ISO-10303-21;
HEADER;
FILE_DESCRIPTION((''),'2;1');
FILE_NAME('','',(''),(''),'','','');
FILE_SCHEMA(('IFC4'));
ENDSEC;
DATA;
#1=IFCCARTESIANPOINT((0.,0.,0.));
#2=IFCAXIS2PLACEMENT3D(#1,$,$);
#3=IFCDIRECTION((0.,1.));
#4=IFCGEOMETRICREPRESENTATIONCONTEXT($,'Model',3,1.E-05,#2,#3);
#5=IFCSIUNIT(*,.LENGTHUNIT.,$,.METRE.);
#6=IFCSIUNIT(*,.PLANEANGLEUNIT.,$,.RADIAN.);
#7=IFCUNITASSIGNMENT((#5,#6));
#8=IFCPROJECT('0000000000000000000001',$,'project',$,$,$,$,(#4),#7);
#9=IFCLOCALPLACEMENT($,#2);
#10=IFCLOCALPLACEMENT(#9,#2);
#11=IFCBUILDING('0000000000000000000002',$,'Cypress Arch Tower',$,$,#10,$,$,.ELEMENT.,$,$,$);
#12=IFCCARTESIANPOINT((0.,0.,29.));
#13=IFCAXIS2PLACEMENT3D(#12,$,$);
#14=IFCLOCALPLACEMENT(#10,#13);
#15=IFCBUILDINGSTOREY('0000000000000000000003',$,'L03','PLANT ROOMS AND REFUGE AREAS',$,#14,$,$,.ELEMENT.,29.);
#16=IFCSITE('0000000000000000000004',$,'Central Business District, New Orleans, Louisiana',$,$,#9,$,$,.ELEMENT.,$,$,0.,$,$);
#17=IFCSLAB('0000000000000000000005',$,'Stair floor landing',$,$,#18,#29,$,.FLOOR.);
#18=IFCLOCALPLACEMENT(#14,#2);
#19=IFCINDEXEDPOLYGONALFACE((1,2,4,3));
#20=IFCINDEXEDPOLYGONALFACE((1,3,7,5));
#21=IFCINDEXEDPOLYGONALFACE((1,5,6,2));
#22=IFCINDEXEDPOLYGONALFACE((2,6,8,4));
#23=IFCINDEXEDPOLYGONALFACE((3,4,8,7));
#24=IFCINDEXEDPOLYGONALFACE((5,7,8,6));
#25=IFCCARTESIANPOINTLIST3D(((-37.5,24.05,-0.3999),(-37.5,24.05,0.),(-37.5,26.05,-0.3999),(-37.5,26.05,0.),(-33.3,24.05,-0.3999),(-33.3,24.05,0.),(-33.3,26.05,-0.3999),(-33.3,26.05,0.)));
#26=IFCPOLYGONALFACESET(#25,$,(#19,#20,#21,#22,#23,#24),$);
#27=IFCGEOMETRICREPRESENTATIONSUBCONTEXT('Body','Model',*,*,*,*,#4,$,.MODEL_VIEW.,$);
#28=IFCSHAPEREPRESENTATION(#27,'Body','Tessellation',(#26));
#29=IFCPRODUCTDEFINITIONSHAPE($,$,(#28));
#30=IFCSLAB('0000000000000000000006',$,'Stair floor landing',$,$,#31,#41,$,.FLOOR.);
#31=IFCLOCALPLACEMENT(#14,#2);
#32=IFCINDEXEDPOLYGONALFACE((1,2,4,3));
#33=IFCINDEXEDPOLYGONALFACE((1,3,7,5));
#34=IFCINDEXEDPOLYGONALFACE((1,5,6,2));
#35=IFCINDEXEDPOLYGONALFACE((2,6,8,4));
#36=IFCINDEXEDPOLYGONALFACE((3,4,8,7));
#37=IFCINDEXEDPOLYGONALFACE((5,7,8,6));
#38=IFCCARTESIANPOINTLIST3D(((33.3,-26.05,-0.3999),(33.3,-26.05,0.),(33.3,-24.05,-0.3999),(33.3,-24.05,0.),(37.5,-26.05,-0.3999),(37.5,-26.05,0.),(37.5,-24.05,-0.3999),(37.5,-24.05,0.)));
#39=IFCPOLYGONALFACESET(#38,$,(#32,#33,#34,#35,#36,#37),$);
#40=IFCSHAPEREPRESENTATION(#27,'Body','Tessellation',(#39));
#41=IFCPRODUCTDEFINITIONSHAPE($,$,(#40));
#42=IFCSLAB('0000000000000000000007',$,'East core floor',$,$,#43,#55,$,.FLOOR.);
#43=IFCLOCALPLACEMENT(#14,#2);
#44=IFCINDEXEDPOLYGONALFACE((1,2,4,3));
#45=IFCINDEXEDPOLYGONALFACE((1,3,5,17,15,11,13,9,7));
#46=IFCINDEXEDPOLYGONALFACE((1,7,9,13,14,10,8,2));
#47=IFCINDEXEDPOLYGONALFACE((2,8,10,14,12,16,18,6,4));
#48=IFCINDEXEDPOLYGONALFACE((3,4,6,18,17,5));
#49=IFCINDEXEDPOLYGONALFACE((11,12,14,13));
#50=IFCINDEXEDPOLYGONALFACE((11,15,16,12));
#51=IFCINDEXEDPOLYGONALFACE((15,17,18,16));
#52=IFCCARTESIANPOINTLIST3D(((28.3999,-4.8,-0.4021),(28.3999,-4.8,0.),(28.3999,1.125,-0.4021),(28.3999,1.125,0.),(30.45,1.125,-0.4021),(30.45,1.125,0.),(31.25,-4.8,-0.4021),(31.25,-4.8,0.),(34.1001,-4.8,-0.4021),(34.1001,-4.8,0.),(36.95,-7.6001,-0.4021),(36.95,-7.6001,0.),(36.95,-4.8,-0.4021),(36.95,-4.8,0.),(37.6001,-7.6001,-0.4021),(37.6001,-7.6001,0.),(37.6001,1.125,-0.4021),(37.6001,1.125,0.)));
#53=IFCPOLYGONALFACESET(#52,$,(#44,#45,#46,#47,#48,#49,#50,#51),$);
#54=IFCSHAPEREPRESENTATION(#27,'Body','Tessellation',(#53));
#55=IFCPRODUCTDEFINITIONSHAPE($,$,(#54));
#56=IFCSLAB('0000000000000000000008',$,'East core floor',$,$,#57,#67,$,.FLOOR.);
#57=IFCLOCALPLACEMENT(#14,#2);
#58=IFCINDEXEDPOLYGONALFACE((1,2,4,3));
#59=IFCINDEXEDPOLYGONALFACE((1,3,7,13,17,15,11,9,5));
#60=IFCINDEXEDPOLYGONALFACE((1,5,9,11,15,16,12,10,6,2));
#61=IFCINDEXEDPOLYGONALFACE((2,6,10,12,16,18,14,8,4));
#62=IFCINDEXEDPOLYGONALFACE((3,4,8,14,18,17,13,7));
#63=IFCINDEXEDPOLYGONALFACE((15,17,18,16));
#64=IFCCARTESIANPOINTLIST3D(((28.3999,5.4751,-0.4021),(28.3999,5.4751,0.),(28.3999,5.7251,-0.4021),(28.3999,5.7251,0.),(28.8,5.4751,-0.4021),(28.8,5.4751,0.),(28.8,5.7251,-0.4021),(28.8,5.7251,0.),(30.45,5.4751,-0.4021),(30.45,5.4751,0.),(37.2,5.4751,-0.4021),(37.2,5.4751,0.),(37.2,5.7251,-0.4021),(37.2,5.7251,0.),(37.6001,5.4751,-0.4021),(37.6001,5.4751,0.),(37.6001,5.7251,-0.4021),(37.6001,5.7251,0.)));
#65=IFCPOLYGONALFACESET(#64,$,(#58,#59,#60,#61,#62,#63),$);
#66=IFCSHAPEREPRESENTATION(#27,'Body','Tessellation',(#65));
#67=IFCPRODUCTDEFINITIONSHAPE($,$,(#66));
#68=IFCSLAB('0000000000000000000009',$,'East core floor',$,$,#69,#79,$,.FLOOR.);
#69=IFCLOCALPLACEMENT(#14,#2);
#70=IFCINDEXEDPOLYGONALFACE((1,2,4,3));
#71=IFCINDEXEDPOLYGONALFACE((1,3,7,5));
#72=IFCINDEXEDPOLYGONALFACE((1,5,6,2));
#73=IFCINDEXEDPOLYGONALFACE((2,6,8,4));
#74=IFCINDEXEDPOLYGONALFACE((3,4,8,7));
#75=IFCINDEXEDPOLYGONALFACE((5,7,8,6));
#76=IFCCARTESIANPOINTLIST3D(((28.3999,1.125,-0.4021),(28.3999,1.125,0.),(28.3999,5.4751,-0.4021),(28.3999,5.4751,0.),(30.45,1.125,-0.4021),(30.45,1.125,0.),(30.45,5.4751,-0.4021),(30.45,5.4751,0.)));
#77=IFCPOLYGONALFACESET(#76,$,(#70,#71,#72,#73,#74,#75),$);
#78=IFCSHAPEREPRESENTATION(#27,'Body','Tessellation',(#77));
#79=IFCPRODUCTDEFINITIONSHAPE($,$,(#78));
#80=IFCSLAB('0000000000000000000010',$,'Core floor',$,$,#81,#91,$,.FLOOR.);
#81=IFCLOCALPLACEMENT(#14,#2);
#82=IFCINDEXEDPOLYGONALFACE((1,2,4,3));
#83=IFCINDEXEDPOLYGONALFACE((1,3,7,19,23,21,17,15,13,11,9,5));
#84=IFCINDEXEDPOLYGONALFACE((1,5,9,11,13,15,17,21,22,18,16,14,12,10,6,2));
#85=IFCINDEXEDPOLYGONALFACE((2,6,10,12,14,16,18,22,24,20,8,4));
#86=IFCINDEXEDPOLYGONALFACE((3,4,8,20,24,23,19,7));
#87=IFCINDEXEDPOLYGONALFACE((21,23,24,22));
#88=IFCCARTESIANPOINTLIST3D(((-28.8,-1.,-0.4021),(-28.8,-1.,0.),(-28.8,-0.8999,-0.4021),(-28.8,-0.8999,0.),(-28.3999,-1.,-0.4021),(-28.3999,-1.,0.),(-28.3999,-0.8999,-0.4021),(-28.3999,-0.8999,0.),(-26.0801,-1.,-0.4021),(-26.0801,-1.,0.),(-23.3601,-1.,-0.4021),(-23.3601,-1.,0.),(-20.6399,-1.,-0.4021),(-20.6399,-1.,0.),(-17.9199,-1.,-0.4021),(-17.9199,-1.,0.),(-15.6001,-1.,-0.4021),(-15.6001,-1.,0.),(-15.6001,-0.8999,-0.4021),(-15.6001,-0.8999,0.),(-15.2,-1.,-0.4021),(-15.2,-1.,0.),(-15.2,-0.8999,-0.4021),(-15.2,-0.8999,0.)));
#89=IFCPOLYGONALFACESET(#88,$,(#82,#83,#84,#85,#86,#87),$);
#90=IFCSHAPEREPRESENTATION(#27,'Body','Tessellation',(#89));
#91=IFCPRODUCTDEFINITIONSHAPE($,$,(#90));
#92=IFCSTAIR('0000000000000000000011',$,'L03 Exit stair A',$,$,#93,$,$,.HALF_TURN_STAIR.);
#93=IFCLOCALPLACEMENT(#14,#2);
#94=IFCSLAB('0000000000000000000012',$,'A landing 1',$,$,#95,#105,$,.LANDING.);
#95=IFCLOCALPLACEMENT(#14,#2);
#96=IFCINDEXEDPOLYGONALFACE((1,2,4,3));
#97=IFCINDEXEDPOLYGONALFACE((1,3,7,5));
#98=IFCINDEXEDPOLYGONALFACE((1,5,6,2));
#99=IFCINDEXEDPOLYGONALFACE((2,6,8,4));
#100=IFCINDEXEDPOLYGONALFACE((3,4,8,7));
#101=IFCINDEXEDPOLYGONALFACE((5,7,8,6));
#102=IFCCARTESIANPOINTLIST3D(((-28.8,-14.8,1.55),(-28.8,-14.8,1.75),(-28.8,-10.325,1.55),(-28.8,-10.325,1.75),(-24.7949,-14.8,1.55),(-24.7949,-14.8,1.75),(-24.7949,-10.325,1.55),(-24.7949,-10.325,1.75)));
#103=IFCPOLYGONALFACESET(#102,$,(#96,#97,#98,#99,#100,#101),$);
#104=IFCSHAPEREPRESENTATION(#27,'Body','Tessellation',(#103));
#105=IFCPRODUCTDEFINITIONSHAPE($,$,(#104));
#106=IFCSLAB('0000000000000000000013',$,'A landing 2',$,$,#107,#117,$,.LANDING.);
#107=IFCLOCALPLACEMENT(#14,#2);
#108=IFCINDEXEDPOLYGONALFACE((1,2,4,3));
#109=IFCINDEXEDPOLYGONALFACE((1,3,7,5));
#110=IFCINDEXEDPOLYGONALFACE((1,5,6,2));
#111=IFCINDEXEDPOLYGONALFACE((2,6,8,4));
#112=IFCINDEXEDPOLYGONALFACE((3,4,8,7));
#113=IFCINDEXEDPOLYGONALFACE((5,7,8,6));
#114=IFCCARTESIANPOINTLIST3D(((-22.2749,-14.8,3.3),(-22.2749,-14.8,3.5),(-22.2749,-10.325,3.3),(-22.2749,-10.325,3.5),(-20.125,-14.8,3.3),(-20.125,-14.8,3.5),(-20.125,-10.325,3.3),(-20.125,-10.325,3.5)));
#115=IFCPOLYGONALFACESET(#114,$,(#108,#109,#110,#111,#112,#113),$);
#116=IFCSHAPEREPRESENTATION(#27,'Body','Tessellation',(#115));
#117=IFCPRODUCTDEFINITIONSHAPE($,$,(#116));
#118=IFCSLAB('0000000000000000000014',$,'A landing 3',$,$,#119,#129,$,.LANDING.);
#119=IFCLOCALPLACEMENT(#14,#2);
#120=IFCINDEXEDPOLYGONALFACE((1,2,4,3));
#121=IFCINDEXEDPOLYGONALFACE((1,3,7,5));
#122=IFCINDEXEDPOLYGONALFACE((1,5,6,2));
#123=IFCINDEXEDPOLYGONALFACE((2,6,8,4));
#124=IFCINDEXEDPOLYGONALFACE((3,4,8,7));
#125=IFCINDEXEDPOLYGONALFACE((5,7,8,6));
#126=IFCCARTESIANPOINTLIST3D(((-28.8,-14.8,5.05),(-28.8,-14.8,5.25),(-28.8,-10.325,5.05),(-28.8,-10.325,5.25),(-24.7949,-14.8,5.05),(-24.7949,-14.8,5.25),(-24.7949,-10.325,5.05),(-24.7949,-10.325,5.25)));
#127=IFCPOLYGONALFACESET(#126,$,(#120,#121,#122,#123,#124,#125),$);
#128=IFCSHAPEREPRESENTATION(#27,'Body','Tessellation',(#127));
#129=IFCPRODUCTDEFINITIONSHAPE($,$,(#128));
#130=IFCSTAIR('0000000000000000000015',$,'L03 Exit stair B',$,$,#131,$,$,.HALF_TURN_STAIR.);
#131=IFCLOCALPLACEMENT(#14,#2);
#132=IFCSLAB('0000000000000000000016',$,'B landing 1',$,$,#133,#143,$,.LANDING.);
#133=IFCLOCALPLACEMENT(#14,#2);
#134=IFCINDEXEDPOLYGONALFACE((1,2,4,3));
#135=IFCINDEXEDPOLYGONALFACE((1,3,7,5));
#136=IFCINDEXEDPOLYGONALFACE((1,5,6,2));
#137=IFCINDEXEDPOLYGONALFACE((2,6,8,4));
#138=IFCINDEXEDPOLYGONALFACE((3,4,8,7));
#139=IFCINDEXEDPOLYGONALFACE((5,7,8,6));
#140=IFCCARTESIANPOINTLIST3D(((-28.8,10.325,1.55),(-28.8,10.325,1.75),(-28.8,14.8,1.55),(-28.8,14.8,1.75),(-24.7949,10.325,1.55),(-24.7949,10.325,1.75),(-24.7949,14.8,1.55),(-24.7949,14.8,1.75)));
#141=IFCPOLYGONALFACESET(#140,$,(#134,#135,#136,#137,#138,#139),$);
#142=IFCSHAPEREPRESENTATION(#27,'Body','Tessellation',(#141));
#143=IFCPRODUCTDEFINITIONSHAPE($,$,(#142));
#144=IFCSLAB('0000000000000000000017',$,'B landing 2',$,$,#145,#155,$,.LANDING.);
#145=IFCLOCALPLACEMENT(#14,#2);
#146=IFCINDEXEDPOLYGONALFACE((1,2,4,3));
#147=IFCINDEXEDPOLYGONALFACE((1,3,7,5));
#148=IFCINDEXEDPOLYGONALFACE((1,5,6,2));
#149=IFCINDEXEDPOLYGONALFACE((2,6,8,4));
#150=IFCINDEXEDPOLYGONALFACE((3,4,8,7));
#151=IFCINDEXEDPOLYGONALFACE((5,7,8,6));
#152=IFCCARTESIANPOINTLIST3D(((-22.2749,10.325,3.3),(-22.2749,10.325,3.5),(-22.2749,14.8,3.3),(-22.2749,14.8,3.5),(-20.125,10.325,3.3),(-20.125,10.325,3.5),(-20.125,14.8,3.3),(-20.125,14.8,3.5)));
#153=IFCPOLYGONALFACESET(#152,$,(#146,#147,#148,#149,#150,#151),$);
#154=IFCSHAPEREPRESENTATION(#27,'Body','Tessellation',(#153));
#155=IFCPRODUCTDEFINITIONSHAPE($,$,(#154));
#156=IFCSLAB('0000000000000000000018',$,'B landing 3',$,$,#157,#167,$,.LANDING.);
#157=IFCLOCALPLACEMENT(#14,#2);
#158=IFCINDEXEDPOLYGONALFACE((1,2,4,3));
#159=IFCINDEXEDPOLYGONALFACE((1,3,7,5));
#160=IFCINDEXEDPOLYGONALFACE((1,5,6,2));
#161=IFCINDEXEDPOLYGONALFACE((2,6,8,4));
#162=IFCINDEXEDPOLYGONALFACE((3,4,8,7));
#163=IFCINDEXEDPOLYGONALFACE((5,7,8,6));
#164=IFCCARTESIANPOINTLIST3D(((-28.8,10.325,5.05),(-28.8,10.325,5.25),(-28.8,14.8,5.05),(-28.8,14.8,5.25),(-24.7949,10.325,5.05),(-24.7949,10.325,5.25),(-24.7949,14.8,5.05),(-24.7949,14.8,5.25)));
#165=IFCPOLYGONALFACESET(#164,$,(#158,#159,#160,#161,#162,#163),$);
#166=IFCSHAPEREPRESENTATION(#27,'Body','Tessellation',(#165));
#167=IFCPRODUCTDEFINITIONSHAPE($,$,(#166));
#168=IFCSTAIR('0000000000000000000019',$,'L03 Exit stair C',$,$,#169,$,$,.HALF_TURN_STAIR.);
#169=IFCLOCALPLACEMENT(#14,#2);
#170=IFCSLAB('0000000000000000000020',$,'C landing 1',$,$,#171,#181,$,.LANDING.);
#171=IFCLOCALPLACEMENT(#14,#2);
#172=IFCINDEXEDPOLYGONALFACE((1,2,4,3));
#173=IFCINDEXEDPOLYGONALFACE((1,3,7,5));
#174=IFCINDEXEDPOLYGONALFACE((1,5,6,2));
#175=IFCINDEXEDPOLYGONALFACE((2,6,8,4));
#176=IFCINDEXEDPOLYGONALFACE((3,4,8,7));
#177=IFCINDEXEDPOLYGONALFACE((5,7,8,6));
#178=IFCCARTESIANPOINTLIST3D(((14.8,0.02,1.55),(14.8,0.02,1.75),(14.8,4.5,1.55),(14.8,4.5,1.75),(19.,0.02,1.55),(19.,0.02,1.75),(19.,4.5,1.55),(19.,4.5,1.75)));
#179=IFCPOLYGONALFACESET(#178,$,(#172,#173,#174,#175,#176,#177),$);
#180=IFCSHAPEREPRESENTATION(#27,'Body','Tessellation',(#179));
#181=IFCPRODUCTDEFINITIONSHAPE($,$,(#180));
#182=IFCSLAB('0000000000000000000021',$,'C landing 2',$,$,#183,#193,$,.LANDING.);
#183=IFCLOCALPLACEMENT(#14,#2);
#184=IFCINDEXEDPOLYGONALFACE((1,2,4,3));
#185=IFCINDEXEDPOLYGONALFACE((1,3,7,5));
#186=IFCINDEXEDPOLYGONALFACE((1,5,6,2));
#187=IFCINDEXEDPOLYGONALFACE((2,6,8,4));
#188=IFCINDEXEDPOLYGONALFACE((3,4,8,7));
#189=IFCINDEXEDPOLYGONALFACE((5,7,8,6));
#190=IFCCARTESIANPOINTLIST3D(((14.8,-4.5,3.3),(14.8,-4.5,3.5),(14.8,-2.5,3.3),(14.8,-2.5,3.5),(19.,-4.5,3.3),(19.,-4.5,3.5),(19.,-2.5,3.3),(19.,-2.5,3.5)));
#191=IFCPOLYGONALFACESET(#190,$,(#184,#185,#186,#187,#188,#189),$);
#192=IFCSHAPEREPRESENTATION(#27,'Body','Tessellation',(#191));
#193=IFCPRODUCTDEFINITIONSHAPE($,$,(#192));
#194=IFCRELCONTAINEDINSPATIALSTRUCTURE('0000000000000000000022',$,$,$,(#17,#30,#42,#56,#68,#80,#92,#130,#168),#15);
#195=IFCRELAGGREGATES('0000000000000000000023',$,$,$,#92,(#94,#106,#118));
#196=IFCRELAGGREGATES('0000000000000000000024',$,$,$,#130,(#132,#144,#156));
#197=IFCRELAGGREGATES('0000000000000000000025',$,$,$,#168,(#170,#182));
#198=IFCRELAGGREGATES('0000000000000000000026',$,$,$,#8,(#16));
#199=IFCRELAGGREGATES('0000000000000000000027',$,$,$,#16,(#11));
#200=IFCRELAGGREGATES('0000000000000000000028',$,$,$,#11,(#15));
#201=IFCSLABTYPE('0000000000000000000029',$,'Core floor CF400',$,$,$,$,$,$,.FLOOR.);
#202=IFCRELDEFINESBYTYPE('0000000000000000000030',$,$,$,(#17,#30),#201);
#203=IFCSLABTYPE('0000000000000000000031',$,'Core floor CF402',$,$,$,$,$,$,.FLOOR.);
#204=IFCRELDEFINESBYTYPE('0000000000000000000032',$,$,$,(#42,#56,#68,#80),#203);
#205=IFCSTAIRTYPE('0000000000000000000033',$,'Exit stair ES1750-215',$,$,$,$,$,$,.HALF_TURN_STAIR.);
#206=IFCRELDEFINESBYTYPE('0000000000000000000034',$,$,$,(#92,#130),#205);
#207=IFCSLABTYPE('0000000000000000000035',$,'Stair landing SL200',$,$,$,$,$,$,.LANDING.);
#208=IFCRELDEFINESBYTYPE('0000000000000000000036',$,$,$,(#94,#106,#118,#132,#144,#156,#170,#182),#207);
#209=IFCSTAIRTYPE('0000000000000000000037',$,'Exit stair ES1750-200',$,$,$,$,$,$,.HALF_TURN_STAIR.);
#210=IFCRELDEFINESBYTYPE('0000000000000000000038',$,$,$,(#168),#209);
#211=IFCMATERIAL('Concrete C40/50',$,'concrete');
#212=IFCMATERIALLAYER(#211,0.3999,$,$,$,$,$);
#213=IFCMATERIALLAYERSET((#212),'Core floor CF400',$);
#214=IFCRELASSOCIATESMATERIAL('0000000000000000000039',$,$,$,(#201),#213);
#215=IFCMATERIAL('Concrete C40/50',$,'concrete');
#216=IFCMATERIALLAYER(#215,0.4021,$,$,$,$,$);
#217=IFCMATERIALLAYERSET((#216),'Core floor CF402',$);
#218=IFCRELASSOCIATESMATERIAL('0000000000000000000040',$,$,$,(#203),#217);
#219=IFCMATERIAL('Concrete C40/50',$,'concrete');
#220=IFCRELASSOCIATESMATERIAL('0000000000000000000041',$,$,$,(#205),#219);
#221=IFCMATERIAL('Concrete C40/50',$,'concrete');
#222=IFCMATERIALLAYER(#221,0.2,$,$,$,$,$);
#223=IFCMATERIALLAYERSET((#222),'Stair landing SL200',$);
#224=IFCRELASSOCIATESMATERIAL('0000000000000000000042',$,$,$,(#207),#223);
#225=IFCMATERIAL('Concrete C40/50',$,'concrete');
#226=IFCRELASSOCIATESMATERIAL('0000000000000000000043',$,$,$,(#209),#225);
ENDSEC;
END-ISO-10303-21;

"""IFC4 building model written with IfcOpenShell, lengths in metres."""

from ifc_helpers import new_model, si_unit, direction, frame, origin, place, context, subcontext, project, spatial, polyline, outline, extrude, material, layer, layer_set, type_object, element, aggregate, save


model = new_model("IFC4")

# Units and contexts
model_context = context("Model", 3, precision=1e-05, world=origin(), true_north=direction((0.0, 1.0)))
body_context = subcontext(model_context, "Body", "Model", "MODEL_VIEW")
ifc_project = project(units=[si_unit("LENGTHUNIT", "METRE"), si_unit("PLANEANGLEUNIT", "RADIAN")], contexts=[model_context])

# Site, building, storey
site_placement = place(None, origin())
site = spatial("IfcSite", under=ifc_project, at=site_placement, Name="Central Business District, New Orleans, Louisiana", CompositionType="ELEMENT", RefElevation=0.0)
building_placement = place(site_placement, origin())
building = spatial("IfcBuilding", under=site, at=building_placement, Name="Cypress Arch Tower", CompositionType="ELEMENT")
storey_placement = place(building_placement, frame((0.0, 0.0, 29.0)))
storey = spatial("IfcBuildingStorey", under=building, at=storey_placement, Name="L03", Description="PLANT ROOMS AND REFUGE AREAS", CompositionType="ELEMENT", Elevation=29.0)

# Slabs
ifc_material_1 = material(Name="Concrete C40/50", Category="concrete")
ifc_layer_1 = layer(ifc_material_1, 0.3999)
ifc_layer_set_1 = layer_set([ifc_layer_1], Name="Core floor CF400")
slab_type_1 = type_object("IfcSlabType", Name="Core floor CF400", PredefinedType="FLOOR", material=ifc_layer_set_1)
slab_1_placement = place(storey_placement, frame((0.0, 0.0, -0.3999)))
element("IfcSlab", 1, at=slab_1_placement, inside=storey, type_object=slab_type_1, Name="Stair floor landing", PredefinedType="FLOOR", context=body_context, shape_type="SweptSolid", body=[
    extrude(outline(polyline([(-37.5, 26.05), (-37.5, 24.05), (-33.3, 24.05), (-33.3, 26.05), (-37.5, 26.05)])), origin(), (0.0, 0.0, 1.0), 0.3999),
])
slab_2_placement = place(storey_placement, frame((0.0, 0.0, -0.3999)))
element("IfcSlab", 2, at=slab_2_placement, inside=storey, type_object=slab_type_1, Name="Stair floor landing", PredefinedType="FLOOR", context=body_context, shape_type="SweptSolid", body=[
    extrude(outline(polyline([(37.5, -26.05), (37.5, -24.05), (33.3, -24.05), (33.3, -26.05), (37.5, -26.05)])), origin(), (0.0, 0.0, 1.0), 0.3999),
])
ifc_material_2 = material(Name="Concrete C40/50", Category="concrete")
ifc_layer_2 = layer(ifc_material_2, 0.4021)
ifc_layer_set_2 = layer_set([ifc_layer_2], Name="Core floor CF402")
slab_type_2 = type_object("IfcSlabType", Name="Core floor CF402", PredefinedType="FLOOR", material=ifc_layer_set_2)
slab_3_placement = place(storey_placement, frame((0.0, 0.0, -0.4021)))
element("IfcSlab", 3, at=slab_3_placement, inside=storey, type_object=slab_type_2, Name="East core floor", PredefinedType="FLOOR", context=body_context, shape_type="SweptSolid", body=[
    extrude(outline(polyline([(37.6001, -7.6001), (37.6001, 1.125), (30.45, 1.125), (28.3999, 1.125), (28.3999, -4.8), (31.25, -4.8), (34.1001, -4.8), (36.95, -4.8), (36.95, -7.6001), (37.6001, -7.6001)])), origin(), (0.0, 0.0, 1.0), 0.4021),
])
slab_4_placement = place(storey_placement, frame((0.0, 0.0, -0.4021)))
element("IfcSlab", 4, at=slab_4_placement, inside=storey, type_object=slab_type_2, Name="East core floor", PredefinedType="FLOOR", context=body_context, shape_type="SweptSolid", body=[
    extrude(outline(polyline([(30.45, 5.4751), (28.8, 5.4751), (28.3999, 5.4751), (28.3999, 5.7251), (28.8, 5.7251), (37.2, 5.7251), (37.6001, 5.7251), (37.6001, 5.4751), (37.2, 5.4751), (30.45, 5.4751)])), origin(), (0.0, 0.0, 1.0), 0.4021),
])
slab_5_placement = place(storey_placement, frame((0.0, 0.0, -0.4021)))
element("IfcSlab", 5, at=slab_5_placement, inside=storey, type_object=slab_type_2, Name="East core floor", PredefinedType="FLOOR", context=body_context, shape_type="SweptSolid", body=[
    extrude(outline(polyline([(30.45, 5.4751), (28.3999, 5.4751), (28.3999, 1.125), (30.45, 1.125), (30.45, 5.4751)])), origin(), (0.0, 0.0, 1.0), 0.4021),
])
slab_6_placement = place(storey_placement, frame((0.0, 0.0, -0.4021)))
element("IfcSlab", 6, at=slab_6_placement, inside=storey, type_object=slab_type_2, Name="Core floor", PredefinedType="FLOOR", context=body_context, shape_type="SweptSolid", body=[
    extrude(outline(polyline([(-20.6399, -1.0), (-23.3601, -1.0), (-26.0801, -1.0), (-28.3999, -1.0), (-28.8, -1.0), (-28.8, -0.8999), (-28.3999, -0.8999), (-15.6001, -0.8999), (-15.2, -0.8999), (-15.2, -1.0), (-15.6001, -1.0), (-17.9199, -1.0), (-20.6399, -1.0)])), origin(), (0.0, 0.0, 1.0), 0.4021),
])

# Stairs, slabs
ifc_material_3 = material(Name="Concrete C40/50", Category="concrete")
stair_type_1 = type_object("IfcStairType", Name="Exit stair ES1750-215", PredefinedType="HALF_TURN_STAIR", material=ifc_material_3)
stair_1_placement = place(storey_placement, origin())
stair_1 = element("IfcStair", 7, at=stair_1_placement, inside=storey, type_object=stair_type_1, Name="L03 Exit stair A", PredefinedType="HALF_TURN_STAIR")
ifc_material_4 = material(Name="Concrete C40/50", Category="concrete")
ifc_layer_3 = layer(ifc_material_4, 0.2)
ifc_layer_set_3 = layer_set([ifc_layer_3], Name="Stair landing SL200")
slab_type_3 = type_object("IfcSlabType", Name="Stair landing SL200", PredefinedType="LANDING", material=ifc_layer_set_3)
slab_7_placement = place(storey_placement, frame((0.0, 0.0, 1.55)))
slab_7 = element("IfcSlab", 8, at=slab_7_placement, type_object=slab_type_3, Name="A landing 1", PredefinedType="LANDING", context=body_context, shape_type="SweptSolid", body=[
    extrude(outline(polyline([(-24.7949, -10.325), (-28.8, -10.325), (-28.8, -14.8), (-24.7949, -14.8), (-24.7949, -10.325)])), origin(), (0.0, 0.0, 1.0), 0.2),
])
slab_8_placement = place(storey_placement, frame((0.0, 0.0, 3.3)))
slab_8 = element("IfcSlab", 9, at=slab_8_placement, type_object=slab_type_3, Name="A landing 2", PredefinedType="LANDING", context=body_context, shape_type="SweptSolid", body=[
    extrude(outline(polyline([(-20.125, -10.325), (-22.2749, -10.325), (-22.2749, -14.8), (-20.125, -14.8), (-20.125, -10.325)])), origin(), (0.0, 0.0, 1.0), 0.2),
])
slab_9_placement = place(storey_placement, frame((0.0, 0.0, 5.05)))
slab_9 = element("IfcSlab", 10, at=slab_9_placement, type_object=slab_type_3, Name="A landing 3", PredefinedType="LANDING", context=body_context, shape_type="SweptSolid", body=[
    extrude(outline(polyline([(-24.7949, -10.325), (-28.8, -10.325), (-28.8, -14.8), (-24.7949, -14.8), (-24.7949, -10.325)])), origin(), (0.0, 0.0, 1.0), 0.2),
])
aggregate(stair_1, [slab_7, slab_8, slab_9])
stair_2_placement = place(storey_placement, origin())
stair_2 = element("IfcStair", 11, at=stair_2_placement, inside=storey, type_object=stair_type_1, Name="L03 Exit stair B", PredefinedType="HALF_TURN_STAIR")
slab_10_placement = place(storey_placement, frame((0.0, 0.0, 1.55)))
slab_10 = element("IfcSlab", 12, at=slab_10_placement, type_object=slab_type_3, Name="B landing 1", PredefinedType="LANDING", context=body_context, shape_type="SweptSolid", body=[
    extrude(outline(polyline([(-24.7949, 14.8), (-28.8, 14.8), (-28.8, 10.325), (-24.7949, 10.325), (-24.7949, 14.8)])), origin(), (0.0, 0.0, 1.0), 0.2),
])
slab_11_placement = place(storey_placement, frame((0.0, 0.0, 3.3)))
slab_11 = element("IfcSlab", 13, at=slab_11_placement, type_object=slab_type_3, Name="B landing 2", PredefinedType="LANDING", context=body_context, shape_type="SweptSolid", body=[
    extrude(outline(polyline([(-20.125, 14.8), (-22.2749, 14.8), (-22.2749, 10.325), (-20.125, 10.325), (-20.125, 14.8)])), origin(), (0.0, 0.0, 1.0), 0.2),
])
slab_12_placement = place(storey_placement, frame((0.0, 0.0, 5.05)))
slab_12 = element("IfcSlab", 14, at=slab_12_placement, type_object=slab_type_3, Name="B landing 3", PredefinedType="LANDING", context=body_context, shape_type="SweptSolid", body=[
    extrude(outline(polyline([(-24.7949, 14.8), (-28.8, 14.8), (-28.8, 10.325), (-24.7949, 10.325), (-24.7949, 14.8)])), origin(), (0.0, 0.0, 1.0), 0.2),
])
aggregate(stair_2, [slab_10, slab_11, slab_12])
ifc_material_5 = material(Name="Concrete C40/50", Category="concrete")
stair_type_2 = type_object("IfcStairType", Name="Exit stair ES1750-200", PredefinedType="HALF_TURN_STAIR", material=ifc_material_5)
stair_3_placement = place(storey_placement, origin())
stair_3 = element("IfcStair", 15, at=stair_3_placement, inside=storey, type_object=stair_type_2, Name="L03 Exit stair C", PredefinedType="HALF_TURN_STAIR")
slab_13_placement = place(storey_placement, frame((0.0, 0.0, 1.55)))
slab_13 = element("IfcSlab", 16, at=slab_13_placement, type_object=slab_type_3, Name="C landing 1", PredefinedType="LANDING", context=body_context, shape_type="SweptSolid", body=[
    extrude(outline(polyline([(19.0, 0.02), (19.0, 4.5), (14.8, 4.5), (14.8, 0.02), (19.0, 0.02)])), origin(), (0.0, 0.0, 1.0), 0.2),
])
slab_14_placement = place(storey_placement, frame((0.0, 0.0, 3.3)))
slab_14 = element("IfcSlab", 17, at=slab_14_placement, type_object=slab_type_3, Name="C landing 2", PredefinedType="LANDING", context=body_context, shape_type="SweptSolid", body=[
    extrude(outline(polyline([(19.0, -4.5), (19.0, -2.5), (14.8, -2.5), (14.8, -4.5), (19.0, -4.5)])), origin(), (0.0, 0.0, 1.0), 0.2),
])
aggregate(stair_3, [slab_13, slab_14])

save(model, "model.ifc")
